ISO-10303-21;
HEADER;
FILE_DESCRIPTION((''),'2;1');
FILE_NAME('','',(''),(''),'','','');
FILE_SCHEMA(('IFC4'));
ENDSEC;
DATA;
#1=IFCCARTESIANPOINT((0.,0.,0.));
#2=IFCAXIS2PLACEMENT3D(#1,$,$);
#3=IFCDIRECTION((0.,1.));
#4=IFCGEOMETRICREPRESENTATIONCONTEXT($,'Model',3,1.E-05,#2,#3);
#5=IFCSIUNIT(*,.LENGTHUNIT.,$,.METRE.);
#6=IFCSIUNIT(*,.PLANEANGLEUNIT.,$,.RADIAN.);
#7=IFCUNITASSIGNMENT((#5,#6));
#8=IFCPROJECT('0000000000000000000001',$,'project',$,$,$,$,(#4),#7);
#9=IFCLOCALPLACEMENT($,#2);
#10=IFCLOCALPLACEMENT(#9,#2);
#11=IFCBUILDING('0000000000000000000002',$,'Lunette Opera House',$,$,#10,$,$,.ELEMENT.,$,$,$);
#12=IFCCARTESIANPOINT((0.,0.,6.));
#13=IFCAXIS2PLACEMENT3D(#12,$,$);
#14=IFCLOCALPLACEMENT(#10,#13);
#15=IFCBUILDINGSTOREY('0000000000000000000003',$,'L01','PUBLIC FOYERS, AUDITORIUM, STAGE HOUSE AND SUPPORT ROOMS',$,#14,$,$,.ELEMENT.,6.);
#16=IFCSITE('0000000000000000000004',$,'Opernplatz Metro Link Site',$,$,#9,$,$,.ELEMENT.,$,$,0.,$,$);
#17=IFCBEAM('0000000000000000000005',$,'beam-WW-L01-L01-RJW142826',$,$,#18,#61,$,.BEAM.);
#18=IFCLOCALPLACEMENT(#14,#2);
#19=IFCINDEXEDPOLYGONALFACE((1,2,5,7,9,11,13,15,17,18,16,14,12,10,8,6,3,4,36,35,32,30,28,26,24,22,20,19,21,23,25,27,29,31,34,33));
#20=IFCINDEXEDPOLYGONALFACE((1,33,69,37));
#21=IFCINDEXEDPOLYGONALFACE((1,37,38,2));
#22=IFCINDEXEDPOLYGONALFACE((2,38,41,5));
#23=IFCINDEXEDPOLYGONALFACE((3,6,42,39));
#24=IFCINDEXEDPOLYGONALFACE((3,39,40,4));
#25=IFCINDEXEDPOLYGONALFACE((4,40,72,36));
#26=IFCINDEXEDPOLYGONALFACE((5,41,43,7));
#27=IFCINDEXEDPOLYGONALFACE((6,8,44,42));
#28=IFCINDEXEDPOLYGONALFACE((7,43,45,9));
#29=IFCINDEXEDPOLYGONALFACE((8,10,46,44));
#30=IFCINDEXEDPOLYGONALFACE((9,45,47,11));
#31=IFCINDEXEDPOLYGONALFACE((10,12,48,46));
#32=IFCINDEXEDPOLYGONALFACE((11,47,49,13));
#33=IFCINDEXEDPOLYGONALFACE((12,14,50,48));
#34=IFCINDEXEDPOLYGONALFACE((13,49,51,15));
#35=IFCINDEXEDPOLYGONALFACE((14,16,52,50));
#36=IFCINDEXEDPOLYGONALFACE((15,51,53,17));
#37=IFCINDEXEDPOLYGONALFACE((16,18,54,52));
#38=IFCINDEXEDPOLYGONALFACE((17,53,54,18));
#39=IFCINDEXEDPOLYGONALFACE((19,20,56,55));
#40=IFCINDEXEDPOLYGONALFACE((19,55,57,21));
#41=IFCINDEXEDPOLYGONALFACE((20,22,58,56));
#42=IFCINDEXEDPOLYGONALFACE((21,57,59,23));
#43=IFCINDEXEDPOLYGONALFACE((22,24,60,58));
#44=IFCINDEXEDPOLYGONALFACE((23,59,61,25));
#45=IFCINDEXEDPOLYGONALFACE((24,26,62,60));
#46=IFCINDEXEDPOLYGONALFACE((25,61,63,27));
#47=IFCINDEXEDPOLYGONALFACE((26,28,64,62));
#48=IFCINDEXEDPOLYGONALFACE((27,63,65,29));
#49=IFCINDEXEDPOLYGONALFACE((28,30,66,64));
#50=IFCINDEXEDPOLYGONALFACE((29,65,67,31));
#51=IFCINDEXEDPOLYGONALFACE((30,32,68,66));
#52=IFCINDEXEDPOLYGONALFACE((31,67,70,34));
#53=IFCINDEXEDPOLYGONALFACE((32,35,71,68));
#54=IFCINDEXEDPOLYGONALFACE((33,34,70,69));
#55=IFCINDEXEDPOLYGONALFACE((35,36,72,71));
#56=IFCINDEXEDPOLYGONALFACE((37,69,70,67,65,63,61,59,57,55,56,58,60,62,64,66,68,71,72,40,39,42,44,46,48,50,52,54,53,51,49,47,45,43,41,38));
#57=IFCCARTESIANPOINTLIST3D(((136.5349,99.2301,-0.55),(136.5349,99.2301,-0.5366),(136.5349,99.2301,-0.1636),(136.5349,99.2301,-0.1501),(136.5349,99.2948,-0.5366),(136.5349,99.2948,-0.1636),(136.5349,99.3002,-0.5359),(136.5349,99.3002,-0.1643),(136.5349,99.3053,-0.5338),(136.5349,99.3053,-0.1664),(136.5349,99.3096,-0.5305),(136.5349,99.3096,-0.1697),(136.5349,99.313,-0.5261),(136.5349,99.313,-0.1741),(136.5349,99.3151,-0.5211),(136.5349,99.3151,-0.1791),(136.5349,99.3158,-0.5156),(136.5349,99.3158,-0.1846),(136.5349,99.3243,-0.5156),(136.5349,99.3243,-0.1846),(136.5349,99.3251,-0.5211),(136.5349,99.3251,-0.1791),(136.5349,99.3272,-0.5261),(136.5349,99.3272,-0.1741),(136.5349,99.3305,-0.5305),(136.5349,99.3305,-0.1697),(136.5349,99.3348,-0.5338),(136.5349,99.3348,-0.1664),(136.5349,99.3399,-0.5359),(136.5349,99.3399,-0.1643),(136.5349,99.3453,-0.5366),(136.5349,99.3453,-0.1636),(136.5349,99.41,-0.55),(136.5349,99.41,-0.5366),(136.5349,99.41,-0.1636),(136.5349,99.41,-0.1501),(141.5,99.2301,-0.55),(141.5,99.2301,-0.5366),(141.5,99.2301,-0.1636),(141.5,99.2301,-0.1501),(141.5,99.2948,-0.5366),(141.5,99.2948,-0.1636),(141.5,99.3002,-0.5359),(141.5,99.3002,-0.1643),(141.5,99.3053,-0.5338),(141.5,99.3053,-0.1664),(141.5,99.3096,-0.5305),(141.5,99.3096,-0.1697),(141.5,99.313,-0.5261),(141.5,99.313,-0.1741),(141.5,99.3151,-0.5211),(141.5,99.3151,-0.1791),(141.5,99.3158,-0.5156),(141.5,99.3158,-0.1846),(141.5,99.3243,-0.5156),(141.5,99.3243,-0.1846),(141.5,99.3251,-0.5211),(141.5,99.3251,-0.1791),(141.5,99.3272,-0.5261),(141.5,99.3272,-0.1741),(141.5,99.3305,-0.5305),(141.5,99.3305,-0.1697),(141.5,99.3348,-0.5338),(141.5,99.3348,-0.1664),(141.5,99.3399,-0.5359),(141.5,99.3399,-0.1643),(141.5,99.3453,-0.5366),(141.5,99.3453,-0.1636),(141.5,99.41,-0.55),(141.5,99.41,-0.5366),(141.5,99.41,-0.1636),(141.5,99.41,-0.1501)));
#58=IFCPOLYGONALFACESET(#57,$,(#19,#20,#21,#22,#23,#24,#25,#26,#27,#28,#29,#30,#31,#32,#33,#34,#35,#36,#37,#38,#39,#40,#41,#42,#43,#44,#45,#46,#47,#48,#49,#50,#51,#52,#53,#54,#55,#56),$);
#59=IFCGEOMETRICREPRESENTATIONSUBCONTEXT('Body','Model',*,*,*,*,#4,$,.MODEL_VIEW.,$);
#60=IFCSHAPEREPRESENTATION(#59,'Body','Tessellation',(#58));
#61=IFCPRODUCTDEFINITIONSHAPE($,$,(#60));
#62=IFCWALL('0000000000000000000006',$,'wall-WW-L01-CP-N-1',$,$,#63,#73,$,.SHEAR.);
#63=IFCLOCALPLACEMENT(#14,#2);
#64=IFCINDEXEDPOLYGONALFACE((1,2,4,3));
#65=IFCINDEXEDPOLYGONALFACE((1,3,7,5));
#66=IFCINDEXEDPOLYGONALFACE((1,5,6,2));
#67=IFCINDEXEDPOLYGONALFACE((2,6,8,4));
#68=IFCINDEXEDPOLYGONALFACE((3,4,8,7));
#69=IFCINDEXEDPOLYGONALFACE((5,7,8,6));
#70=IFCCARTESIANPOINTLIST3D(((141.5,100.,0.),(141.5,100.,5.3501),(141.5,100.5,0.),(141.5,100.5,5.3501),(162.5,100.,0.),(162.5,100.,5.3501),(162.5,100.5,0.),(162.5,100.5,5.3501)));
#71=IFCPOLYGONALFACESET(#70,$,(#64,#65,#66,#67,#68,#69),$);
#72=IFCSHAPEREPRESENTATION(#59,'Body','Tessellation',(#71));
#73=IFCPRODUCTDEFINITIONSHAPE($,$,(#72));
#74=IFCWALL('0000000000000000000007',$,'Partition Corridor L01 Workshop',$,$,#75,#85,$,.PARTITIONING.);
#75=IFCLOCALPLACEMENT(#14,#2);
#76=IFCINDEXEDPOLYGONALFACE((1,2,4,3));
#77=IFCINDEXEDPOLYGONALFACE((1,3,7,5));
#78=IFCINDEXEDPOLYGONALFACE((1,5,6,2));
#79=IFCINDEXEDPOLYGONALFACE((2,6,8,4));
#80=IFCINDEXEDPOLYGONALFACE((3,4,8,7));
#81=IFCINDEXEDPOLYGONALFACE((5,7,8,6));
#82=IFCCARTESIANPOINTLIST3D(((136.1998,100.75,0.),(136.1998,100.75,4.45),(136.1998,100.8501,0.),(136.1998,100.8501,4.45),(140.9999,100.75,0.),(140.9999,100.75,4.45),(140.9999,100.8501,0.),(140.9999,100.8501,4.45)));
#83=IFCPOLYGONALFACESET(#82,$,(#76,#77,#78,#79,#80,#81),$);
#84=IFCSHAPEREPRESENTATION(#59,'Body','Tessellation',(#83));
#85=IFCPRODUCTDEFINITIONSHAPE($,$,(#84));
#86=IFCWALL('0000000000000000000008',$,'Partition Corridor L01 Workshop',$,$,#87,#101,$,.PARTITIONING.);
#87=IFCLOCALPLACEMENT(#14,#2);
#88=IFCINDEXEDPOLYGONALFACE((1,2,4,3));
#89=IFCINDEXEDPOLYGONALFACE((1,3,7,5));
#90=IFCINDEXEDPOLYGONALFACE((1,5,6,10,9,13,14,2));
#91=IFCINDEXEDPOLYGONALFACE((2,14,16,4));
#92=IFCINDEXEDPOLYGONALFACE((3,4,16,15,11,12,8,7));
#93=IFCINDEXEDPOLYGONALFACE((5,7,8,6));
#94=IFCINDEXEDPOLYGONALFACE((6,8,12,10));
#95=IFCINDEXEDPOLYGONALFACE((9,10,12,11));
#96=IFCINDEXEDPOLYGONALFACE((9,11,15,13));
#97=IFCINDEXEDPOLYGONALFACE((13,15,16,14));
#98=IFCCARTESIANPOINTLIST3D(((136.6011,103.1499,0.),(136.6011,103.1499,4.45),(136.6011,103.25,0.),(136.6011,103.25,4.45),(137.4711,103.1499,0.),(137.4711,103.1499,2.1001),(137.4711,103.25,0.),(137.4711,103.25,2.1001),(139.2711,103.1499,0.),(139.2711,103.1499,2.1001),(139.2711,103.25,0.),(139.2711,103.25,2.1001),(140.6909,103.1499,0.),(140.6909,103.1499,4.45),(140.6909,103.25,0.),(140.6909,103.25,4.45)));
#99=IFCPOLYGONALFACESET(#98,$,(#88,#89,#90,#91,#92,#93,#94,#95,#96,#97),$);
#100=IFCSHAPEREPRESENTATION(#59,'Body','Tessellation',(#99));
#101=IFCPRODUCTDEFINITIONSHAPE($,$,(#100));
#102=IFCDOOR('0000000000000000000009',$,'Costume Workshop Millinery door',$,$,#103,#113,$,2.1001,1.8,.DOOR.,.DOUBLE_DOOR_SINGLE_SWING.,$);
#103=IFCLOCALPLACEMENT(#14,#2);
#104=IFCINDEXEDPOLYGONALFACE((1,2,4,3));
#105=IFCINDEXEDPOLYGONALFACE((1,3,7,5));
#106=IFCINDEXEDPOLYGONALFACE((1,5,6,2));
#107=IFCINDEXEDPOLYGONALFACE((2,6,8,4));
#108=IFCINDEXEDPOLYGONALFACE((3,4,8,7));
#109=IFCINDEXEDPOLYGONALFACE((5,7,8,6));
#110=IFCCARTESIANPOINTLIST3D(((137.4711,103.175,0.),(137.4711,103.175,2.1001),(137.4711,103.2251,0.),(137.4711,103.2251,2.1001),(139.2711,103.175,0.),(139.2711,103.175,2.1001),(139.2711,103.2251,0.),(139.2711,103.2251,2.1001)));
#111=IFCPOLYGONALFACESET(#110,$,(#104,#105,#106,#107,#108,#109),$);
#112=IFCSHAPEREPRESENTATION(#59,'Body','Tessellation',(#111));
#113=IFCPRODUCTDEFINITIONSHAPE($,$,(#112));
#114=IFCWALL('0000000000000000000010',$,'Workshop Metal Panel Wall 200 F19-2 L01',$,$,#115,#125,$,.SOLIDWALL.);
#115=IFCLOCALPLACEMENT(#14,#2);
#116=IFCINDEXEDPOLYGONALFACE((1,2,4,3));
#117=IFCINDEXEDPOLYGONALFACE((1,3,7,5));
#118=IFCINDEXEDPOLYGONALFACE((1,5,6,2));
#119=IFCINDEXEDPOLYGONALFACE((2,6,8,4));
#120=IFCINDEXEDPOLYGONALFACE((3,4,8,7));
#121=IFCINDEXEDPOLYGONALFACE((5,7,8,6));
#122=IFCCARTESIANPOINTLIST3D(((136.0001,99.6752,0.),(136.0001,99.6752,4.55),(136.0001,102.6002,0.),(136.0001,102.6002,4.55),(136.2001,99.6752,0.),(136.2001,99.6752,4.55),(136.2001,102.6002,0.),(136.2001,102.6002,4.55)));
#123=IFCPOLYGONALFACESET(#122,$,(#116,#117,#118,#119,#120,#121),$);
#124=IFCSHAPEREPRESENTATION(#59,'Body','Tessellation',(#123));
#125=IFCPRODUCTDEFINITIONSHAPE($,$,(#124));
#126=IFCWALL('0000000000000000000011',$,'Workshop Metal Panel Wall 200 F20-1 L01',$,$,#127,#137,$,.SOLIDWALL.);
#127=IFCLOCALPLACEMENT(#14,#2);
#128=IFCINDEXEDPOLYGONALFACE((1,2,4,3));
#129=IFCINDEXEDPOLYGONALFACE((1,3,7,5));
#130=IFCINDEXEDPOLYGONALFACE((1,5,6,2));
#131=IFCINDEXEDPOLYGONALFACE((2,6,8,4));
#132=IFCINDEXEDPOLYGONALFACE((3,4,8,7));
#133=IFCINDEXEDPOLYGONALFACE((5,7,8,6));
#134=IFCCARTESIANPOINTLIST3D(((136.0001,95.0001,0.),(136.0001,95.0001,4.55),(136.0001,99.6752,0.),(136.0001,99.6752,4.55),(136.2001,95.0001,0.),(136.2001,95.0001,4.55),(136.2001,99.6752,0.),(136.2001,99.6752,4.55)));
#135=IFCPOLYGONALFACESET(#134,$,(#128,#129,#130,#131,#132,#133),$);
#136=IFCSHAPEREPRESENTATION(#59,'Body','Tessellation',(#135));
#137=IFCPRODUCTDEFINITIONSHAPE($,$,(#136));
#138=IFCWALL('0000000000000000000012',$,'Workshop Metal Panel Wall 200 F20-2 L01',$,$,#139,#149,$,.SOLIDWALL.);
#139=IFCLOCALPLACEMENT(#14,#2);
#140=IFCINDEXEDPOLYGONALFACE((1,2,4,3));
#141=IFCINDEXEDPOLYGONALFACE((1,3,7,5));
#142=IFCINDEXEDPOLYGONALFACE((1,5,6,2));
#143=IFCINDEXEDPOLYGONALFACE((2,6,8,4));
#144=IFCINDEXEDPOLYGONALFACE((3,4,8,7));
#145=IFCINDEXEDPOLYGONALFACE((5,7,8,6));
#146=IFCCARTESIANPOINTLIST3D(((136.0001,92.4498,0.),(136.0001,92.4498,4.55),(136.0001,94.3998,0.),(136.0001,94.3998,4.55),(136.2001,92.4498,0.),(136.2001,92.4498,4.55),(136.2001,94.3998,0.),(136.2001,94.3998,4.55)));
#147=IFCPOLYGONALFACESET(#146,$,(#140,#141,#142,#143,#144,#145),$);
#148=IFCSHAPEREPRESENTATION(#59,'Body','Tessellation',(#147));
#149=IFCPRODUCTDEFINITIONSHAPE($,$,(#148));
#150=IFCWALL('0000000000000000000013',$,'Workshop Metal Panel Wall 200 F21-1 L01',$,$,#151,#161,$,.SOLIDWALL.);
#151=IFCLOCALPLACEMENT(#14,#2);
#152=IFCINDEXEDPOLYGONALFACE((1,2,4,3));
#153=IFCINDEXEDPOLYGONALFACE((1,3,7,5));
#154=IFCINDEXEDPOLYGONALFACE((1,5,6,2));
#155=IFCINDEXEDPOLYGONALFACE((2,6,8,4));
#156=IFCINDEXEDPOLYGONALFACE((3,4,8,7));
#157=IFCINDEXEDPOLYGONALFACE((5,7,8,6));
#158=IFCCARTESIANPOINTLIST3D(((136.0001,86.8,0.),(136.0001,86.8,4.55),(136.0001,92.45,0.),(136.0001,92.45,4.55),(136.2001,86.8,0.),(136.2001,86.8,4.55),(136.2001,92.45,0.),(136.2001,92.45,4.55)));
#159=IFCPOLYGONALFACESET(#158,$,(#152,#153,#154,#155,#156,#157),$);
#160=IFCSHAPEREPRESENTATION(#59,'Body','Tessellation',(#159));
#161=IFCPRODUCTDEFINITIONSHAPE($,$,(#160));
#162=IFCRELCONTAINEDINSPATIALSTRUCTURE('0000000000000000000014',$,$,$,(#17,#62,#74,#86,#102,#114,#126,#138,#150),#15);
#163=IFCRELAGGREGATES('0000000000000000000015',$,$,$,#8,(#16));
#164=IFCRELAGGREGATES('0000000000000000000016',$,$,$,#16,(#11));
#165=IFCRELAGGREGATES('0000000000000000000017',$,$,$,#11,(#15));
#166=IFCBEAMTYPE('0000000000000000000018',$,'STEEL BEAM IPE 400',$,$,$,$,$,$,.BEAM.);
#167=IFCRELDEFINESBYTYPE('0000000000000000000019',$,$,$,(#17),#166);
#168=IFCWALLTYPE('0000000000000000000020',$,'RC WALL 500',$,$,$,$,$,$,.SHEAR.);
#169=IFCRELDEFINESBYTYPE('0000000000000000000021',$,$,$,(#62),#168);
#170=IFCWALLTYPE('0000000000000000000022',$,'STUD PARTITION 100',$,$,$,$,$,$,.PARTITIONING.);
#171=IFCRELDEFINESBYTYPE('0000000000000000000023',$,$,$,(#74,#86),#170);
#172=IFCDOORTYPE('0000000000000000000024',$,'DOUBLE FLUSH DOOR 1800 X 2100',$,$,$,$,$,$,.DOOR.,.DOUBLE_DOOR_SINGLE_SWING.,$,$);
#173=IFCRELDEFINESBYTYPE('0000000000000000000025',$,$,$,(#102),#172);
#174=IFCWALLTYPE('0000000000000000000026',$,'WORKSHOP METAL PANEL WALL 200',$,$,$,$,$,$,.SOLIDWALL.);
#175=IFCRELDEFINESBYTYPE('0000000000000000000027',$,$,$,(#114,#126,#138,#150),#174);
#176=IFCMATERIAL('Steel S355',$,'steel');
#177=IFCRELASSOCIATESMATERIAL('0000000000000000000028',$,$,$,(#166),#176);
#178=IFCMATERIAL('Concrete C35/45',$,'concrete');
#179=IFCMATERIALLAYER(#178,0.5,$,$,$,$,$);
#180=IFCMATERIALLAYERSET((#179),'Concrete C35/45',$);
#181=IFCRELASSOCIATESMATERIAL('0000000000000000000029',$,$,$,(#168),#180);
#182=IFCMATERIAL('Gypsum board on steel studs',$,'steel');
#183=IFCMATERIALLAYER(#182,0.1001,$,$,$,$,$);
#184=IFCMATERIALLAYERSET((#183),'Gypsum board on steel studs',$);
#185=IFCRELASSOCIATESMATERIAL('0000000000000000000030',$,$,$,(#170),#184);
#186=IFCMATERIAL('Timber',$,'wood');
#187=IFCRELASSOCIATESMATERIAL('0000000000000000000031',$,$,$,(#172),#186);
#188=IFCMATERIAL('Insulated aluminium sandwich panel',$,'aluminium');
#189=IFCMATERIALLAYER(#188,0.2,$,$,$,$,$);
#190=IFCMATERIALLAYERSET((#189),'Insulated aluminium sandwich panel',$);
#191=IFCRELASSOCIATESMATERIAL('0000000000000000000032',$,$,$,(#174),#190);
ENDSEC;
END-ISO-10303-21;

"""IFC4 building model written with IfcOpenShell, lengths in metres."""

from ifc_helpers import new_model, si_unit, direction, frame, frame_2d, origin, origin_2d, place, context, subcontext, project, spatial, rectangle, i_section, extrude, material, layer, layer_set, material_profile, profile_set, type_object, element, fill, save


model = new_model("IFC4")

# Units and contexts
model_context = context("Model", 3, precision=1e-05, world=origin(), true_north=direction((0.0, 1.0)))
body_context = subcontext(model_context, "Body", "Model", "MODEL_VIEW")
ifc_project = project(units=[si_unit("LENGTHUNIT", "METRE"), si_unit("PLANEANGLEUNIT", "RADIAN")], contexts=[model_context])

# Site, building, storey
site_placement = place(None, origin())
site = spatial("IfcSite", under=ifc_project, at=site_placement, Name="Opernplatz Metro Link Site", CompositionType="ELEMENT", RefElevation=0.0)
building_placement = place(site_placement, origin())
building = spatial("IfcBuilding", under=site, at=building_placement, Name="Lunette Opera House", CompositionType="ELEMENT")
storey_placement = place(building_placement, frame((0.0, 0.0, 6.0)))
storey = spatial("IfcBuildingStorey", under=building, at=storey_placement, Name="L01", Description="PUBLIC FOYERS, AUDITORIUM, STAGE HOUSE AND SUPPORT ROOMS", CompositionType="ELEMENT", Elevation=6.0)

# Beam
ifc_material_1 = material(Name="Steel S355", Category="steel")
ifc_material_profile_1 = material_profile(ifc_material_1, i_section(OverallWidth=0.1799, OverallDepth=0.3999, WebThickness=0.0085, FlangeThickness=0.0134, FilletRadius=0.021, at=origin_2d()), Name="IPE 400")
ifc_profile_set_1 = profile_set([ifc_material_profile_1], Name="Steel S355")
beam_type_1 = type_object("IfcBeamType", Name="STEEL BEAM IPE 400", PredefinedType="BEAM", material=ifc_profile_set_1)
for number, where, z_axis, x_axis, name in (
    (1, (141.5, 99.3201, -0.3501), (-1.0, 0.0, 0.0), (0.0, -1.0, 0.0), "beam-WW-L01-L01-RJW142826"),
):
    element("IfcBeam", number, at=place(storey_placement, frame(where, z_axis=z_axis, x_axis=x_axis)), inside=storey, type_object=beam_type_1, Name=name, PredefinedType="BEAM", context=body_context, shape_type="SweptSolid", body=[
        extrude(i_section(OverallWidth=0.1799, OverallDepth=0.3999, WebThickness=0.0085, FlangeThickness=0.0134, FilletRadius=0.021, at=origin_2d()), origin(), (0.0, 0.0, 1.0), 4.9651),
    ])

# Walls
ifc_material_2 = material(Name="Concrete C35/45", Category="concrete")
ifc_layer_1 = layer(ifc_material_2, 0.5)
ifc_layer_set_1 = layer_set([ifc_layer_1], Name="Concrete C35/45")
wall_type_1 = type_object("IfcWallType", Name="RC WALL 500", PredefinedType="SHEAR", material=ifc_layer_set_1)
wall_1_placement = place(storey_placement, frame((141.5, 100.25, 0.0), z_axis=(0.0, 0.0, 1.0), x_axis=(1.0, 0.0, 0.0)))
element("IfcWall", 2, at=wall_1_placement, inside=storey, type_object=wall_type_1, Name="wall-WW-L01-CP-N-1", PredefinedType="SHEAR", context=body_context, shape_type="SweptSolid", body=[
    extrude(rectangle(XDim=21.0, YDim=0.5, at=frame_2d((10.5, 0.0))), origin(), (0.0, 0.0, 1.0), 5.3501),
])
ifc_material_3 = material(Name="Gypsum board on steel studs", Category="steel")
ifc_layer_2 = layer(ifc_material_3, 0.1001)
ifc_layer_set_2 = layer_set([ifc_layer_2], Name="Gypsum board on steel studs")
wall_type_2 = type_object("IfcWallType", Name="STUD PARTITION 100", PredefinedType="PARTITIONING", material=ifc_layer_set_2)
wall_2_placement = place(storey_placement, frame((136.2, 100.8, 0.0), z_axis=(0.0, 0.0, 1.0), x_axis=(1.0, 0.0, 0.0)))
element("IfcWall", 3, at=wall_2_placement, inside=storey, type_object=wall_type_2, Name="Partition Corridor L01 Workshop", PredefinedType="PARTITIONING", context=body_context, shape_type="SweptSolid", body=[
    extrude(rectangle(XDim=4.8, YDim=0.1001, at=frame_2d((2.3999, 0.0))), origin(), (0.0, 0.0, 1.0), 4.45),
])

# Wall, opening, door
wall_3_placement = place(storey_placement, frame((140.6909, 103.2, 0.0), z_axis=(0.0, 0.0, 1.0), x_axis=(-1.0, 0.0, 0.0)))
wall_3 = element("IfcWall", 4, at=wall_3_placement, inside=storey, type_object=wall_type_2, Name="Partition Corridor L01 Workshop", PredefinedType="PARTITIONING", context=body_context, shape_type="SweptSolid", body=[
    extrude(rectangle(XDim=4.0898, YDim=0.1001, at=frame_2d((2.0449, 0.0))), origin(), (0.0, 0.0, 1.0), 4.45),
])
opening_placement = place(wall_3_placement, frame((1.4199, 0.0, 0.0)))
opening = element("IfcOpeningElement", 5, at=opening_placement, cuts=wall_3, PredefinedType="OPENING", context=body_context, shape_type="SweptSolid", body=[
    extrude(rectangle(XDim=1.8, YDim=2.1001, at=frame_2d((0.8999, 1.05))), frame((0.0, 0.062, 0.0), z_axis=(0.0, -1.0, 0.0), x_axis=(1.0, 0.0, 0.0)), (0.0, 0.0, 1.0), 0.124),
])
ifc_material_4 = material(Name="Timber", Category="wood")
door_type = type_object("IfcDoorType", Name="DOUBLE FLUSH DOOR 1800 X 2100", OperationType="DOUBLE_DOOR_SINGLE_SWING", PredefinedType="DOOR", material=ifc_material_4)
door_placement = place(opening_placement, origin())
door = element("IfcDoor", 6, at=door_placement, inside=storey, type_object=door_type, Name="Costume Workshop Millinery door", OperationType="DOUBLE_DOOR_SINGLE_SWING", OverallHeight=2.1001, OverallWidth=1.8, PredefinedType="DOOR", context=body_context, shape_type="SweptSolid", body=[
    extrude(rectangle(XDim=1.8, YDim=2.1001, at=frame_2d((0.8999, 1.05))), frame((0.0, 0.0249, 0.0), z_axis=(0.0, -1.0, 0.0), x_axis=(1.0, 0.0, 0.0)), (0.0, 0.0, 1.0), 0.05),
])
fill(opening, door)

# Walls
ifc_material_5 = material(Name="Insulated aluminium sandwich panel", Category="aluminium")
ifc_layer_3 = layer(ifc_material_5, 0.2)
ifc_layer_set_3 = layer_set([ifc_layer_3], Name="Insulated aluminium sandwich panel")
wall_type_3 = type_object("IfcWallType", Name="WORKSHOP METAL PANEL WALL 200", PredefinedType="SOLIDWALL", material=ifc_layer_set_3)
wall_4_placement = place(storey_placement, frame((136.1001, 102.6001, 0.0), z_axis=(0.0, 0.0, 1.0), x_axis=(0.0, -1.0, 0.0)))
element("IfcWall", 7, at=wall_4_placement, inside=storey, type_object=wall_type_3, Name="Workshop Metal Panel Wall 200 F19-2 L01", PredefinedType="SOLIDWALL", context=body_context, shape_type="SweptSolid", body=[
    extrude(rectangle(XDim=2.925, YDim=0.2, at=frame_2d((1.4624, 0.0))), origin(), (0.0, 0.0, 1.0), 4.55),
])
wall_5_placement = place(storey_placement, frame((136.1001, 99.675, 0.0), z_axis=(0.0, 0.0, 1.0), x_axis=(0.0, -1.0, 0.0)))
element("IfcWall", 8, at=wall_5_placement, inside=storey, type_object=wall_type_3, Name="Workshop Metal Panel Wall 200 F20-1 L01", PredefinedType="SOLIDWALL", context=body_context, shape_type="SweptSolid", body=[
    extrude(rectangle(XDim=4.675, YDim=0.2, at=frame_2d((2.3374, 0.0))), origin(), (0.0, 0.0, 1.0), 4.55),
])
wall_6_placement = place(storey_placement, frame((136.1001, 94.3999, 0.0), z_axis=(0.0, 0.0, 1.0), x_axis=(0.0, -1.0, 0.0)))
element("IfcWall", 9, at=wall_6_placement, inside=storey, type_object=wall_type_3, Name="Workshop Metal Panel Wall 200 F20-2 L01", PredefinedType="SOLIDWALL", context=body_context, shape_type="SweptSolid", body=[
    extrude(rectangle(XDim=1.95, YDim=0.2, at=frame_2d((0.9751, 0.0))), origin(), (0.0, 0.0, 1.0), 4.55),
])
wall_7_placement = place(storey_placement, frame((136.1001, 92.45, 0.0), z_axis=(0.0, 0.0, 1.0), x_axis=(0.0, -1.0, 0.0)))
element("IfcWall", 10, at=wall_7_placement, inside=storey, type_object=wall_type_3, Name="Workshop Metal Panel Wall 200 F21-1 L01", PredefinedType="SOLIDWALL", context=body_context, shape_type="SweptSolid", body=[
    extrude(rectangle(XDim=5.6499, YDim=0.2, at=frame_2d((2.825, 0.0))), origin(), (0.0, 0.0, 1.0), 4.55),
])

save(model, "model.ifc")
